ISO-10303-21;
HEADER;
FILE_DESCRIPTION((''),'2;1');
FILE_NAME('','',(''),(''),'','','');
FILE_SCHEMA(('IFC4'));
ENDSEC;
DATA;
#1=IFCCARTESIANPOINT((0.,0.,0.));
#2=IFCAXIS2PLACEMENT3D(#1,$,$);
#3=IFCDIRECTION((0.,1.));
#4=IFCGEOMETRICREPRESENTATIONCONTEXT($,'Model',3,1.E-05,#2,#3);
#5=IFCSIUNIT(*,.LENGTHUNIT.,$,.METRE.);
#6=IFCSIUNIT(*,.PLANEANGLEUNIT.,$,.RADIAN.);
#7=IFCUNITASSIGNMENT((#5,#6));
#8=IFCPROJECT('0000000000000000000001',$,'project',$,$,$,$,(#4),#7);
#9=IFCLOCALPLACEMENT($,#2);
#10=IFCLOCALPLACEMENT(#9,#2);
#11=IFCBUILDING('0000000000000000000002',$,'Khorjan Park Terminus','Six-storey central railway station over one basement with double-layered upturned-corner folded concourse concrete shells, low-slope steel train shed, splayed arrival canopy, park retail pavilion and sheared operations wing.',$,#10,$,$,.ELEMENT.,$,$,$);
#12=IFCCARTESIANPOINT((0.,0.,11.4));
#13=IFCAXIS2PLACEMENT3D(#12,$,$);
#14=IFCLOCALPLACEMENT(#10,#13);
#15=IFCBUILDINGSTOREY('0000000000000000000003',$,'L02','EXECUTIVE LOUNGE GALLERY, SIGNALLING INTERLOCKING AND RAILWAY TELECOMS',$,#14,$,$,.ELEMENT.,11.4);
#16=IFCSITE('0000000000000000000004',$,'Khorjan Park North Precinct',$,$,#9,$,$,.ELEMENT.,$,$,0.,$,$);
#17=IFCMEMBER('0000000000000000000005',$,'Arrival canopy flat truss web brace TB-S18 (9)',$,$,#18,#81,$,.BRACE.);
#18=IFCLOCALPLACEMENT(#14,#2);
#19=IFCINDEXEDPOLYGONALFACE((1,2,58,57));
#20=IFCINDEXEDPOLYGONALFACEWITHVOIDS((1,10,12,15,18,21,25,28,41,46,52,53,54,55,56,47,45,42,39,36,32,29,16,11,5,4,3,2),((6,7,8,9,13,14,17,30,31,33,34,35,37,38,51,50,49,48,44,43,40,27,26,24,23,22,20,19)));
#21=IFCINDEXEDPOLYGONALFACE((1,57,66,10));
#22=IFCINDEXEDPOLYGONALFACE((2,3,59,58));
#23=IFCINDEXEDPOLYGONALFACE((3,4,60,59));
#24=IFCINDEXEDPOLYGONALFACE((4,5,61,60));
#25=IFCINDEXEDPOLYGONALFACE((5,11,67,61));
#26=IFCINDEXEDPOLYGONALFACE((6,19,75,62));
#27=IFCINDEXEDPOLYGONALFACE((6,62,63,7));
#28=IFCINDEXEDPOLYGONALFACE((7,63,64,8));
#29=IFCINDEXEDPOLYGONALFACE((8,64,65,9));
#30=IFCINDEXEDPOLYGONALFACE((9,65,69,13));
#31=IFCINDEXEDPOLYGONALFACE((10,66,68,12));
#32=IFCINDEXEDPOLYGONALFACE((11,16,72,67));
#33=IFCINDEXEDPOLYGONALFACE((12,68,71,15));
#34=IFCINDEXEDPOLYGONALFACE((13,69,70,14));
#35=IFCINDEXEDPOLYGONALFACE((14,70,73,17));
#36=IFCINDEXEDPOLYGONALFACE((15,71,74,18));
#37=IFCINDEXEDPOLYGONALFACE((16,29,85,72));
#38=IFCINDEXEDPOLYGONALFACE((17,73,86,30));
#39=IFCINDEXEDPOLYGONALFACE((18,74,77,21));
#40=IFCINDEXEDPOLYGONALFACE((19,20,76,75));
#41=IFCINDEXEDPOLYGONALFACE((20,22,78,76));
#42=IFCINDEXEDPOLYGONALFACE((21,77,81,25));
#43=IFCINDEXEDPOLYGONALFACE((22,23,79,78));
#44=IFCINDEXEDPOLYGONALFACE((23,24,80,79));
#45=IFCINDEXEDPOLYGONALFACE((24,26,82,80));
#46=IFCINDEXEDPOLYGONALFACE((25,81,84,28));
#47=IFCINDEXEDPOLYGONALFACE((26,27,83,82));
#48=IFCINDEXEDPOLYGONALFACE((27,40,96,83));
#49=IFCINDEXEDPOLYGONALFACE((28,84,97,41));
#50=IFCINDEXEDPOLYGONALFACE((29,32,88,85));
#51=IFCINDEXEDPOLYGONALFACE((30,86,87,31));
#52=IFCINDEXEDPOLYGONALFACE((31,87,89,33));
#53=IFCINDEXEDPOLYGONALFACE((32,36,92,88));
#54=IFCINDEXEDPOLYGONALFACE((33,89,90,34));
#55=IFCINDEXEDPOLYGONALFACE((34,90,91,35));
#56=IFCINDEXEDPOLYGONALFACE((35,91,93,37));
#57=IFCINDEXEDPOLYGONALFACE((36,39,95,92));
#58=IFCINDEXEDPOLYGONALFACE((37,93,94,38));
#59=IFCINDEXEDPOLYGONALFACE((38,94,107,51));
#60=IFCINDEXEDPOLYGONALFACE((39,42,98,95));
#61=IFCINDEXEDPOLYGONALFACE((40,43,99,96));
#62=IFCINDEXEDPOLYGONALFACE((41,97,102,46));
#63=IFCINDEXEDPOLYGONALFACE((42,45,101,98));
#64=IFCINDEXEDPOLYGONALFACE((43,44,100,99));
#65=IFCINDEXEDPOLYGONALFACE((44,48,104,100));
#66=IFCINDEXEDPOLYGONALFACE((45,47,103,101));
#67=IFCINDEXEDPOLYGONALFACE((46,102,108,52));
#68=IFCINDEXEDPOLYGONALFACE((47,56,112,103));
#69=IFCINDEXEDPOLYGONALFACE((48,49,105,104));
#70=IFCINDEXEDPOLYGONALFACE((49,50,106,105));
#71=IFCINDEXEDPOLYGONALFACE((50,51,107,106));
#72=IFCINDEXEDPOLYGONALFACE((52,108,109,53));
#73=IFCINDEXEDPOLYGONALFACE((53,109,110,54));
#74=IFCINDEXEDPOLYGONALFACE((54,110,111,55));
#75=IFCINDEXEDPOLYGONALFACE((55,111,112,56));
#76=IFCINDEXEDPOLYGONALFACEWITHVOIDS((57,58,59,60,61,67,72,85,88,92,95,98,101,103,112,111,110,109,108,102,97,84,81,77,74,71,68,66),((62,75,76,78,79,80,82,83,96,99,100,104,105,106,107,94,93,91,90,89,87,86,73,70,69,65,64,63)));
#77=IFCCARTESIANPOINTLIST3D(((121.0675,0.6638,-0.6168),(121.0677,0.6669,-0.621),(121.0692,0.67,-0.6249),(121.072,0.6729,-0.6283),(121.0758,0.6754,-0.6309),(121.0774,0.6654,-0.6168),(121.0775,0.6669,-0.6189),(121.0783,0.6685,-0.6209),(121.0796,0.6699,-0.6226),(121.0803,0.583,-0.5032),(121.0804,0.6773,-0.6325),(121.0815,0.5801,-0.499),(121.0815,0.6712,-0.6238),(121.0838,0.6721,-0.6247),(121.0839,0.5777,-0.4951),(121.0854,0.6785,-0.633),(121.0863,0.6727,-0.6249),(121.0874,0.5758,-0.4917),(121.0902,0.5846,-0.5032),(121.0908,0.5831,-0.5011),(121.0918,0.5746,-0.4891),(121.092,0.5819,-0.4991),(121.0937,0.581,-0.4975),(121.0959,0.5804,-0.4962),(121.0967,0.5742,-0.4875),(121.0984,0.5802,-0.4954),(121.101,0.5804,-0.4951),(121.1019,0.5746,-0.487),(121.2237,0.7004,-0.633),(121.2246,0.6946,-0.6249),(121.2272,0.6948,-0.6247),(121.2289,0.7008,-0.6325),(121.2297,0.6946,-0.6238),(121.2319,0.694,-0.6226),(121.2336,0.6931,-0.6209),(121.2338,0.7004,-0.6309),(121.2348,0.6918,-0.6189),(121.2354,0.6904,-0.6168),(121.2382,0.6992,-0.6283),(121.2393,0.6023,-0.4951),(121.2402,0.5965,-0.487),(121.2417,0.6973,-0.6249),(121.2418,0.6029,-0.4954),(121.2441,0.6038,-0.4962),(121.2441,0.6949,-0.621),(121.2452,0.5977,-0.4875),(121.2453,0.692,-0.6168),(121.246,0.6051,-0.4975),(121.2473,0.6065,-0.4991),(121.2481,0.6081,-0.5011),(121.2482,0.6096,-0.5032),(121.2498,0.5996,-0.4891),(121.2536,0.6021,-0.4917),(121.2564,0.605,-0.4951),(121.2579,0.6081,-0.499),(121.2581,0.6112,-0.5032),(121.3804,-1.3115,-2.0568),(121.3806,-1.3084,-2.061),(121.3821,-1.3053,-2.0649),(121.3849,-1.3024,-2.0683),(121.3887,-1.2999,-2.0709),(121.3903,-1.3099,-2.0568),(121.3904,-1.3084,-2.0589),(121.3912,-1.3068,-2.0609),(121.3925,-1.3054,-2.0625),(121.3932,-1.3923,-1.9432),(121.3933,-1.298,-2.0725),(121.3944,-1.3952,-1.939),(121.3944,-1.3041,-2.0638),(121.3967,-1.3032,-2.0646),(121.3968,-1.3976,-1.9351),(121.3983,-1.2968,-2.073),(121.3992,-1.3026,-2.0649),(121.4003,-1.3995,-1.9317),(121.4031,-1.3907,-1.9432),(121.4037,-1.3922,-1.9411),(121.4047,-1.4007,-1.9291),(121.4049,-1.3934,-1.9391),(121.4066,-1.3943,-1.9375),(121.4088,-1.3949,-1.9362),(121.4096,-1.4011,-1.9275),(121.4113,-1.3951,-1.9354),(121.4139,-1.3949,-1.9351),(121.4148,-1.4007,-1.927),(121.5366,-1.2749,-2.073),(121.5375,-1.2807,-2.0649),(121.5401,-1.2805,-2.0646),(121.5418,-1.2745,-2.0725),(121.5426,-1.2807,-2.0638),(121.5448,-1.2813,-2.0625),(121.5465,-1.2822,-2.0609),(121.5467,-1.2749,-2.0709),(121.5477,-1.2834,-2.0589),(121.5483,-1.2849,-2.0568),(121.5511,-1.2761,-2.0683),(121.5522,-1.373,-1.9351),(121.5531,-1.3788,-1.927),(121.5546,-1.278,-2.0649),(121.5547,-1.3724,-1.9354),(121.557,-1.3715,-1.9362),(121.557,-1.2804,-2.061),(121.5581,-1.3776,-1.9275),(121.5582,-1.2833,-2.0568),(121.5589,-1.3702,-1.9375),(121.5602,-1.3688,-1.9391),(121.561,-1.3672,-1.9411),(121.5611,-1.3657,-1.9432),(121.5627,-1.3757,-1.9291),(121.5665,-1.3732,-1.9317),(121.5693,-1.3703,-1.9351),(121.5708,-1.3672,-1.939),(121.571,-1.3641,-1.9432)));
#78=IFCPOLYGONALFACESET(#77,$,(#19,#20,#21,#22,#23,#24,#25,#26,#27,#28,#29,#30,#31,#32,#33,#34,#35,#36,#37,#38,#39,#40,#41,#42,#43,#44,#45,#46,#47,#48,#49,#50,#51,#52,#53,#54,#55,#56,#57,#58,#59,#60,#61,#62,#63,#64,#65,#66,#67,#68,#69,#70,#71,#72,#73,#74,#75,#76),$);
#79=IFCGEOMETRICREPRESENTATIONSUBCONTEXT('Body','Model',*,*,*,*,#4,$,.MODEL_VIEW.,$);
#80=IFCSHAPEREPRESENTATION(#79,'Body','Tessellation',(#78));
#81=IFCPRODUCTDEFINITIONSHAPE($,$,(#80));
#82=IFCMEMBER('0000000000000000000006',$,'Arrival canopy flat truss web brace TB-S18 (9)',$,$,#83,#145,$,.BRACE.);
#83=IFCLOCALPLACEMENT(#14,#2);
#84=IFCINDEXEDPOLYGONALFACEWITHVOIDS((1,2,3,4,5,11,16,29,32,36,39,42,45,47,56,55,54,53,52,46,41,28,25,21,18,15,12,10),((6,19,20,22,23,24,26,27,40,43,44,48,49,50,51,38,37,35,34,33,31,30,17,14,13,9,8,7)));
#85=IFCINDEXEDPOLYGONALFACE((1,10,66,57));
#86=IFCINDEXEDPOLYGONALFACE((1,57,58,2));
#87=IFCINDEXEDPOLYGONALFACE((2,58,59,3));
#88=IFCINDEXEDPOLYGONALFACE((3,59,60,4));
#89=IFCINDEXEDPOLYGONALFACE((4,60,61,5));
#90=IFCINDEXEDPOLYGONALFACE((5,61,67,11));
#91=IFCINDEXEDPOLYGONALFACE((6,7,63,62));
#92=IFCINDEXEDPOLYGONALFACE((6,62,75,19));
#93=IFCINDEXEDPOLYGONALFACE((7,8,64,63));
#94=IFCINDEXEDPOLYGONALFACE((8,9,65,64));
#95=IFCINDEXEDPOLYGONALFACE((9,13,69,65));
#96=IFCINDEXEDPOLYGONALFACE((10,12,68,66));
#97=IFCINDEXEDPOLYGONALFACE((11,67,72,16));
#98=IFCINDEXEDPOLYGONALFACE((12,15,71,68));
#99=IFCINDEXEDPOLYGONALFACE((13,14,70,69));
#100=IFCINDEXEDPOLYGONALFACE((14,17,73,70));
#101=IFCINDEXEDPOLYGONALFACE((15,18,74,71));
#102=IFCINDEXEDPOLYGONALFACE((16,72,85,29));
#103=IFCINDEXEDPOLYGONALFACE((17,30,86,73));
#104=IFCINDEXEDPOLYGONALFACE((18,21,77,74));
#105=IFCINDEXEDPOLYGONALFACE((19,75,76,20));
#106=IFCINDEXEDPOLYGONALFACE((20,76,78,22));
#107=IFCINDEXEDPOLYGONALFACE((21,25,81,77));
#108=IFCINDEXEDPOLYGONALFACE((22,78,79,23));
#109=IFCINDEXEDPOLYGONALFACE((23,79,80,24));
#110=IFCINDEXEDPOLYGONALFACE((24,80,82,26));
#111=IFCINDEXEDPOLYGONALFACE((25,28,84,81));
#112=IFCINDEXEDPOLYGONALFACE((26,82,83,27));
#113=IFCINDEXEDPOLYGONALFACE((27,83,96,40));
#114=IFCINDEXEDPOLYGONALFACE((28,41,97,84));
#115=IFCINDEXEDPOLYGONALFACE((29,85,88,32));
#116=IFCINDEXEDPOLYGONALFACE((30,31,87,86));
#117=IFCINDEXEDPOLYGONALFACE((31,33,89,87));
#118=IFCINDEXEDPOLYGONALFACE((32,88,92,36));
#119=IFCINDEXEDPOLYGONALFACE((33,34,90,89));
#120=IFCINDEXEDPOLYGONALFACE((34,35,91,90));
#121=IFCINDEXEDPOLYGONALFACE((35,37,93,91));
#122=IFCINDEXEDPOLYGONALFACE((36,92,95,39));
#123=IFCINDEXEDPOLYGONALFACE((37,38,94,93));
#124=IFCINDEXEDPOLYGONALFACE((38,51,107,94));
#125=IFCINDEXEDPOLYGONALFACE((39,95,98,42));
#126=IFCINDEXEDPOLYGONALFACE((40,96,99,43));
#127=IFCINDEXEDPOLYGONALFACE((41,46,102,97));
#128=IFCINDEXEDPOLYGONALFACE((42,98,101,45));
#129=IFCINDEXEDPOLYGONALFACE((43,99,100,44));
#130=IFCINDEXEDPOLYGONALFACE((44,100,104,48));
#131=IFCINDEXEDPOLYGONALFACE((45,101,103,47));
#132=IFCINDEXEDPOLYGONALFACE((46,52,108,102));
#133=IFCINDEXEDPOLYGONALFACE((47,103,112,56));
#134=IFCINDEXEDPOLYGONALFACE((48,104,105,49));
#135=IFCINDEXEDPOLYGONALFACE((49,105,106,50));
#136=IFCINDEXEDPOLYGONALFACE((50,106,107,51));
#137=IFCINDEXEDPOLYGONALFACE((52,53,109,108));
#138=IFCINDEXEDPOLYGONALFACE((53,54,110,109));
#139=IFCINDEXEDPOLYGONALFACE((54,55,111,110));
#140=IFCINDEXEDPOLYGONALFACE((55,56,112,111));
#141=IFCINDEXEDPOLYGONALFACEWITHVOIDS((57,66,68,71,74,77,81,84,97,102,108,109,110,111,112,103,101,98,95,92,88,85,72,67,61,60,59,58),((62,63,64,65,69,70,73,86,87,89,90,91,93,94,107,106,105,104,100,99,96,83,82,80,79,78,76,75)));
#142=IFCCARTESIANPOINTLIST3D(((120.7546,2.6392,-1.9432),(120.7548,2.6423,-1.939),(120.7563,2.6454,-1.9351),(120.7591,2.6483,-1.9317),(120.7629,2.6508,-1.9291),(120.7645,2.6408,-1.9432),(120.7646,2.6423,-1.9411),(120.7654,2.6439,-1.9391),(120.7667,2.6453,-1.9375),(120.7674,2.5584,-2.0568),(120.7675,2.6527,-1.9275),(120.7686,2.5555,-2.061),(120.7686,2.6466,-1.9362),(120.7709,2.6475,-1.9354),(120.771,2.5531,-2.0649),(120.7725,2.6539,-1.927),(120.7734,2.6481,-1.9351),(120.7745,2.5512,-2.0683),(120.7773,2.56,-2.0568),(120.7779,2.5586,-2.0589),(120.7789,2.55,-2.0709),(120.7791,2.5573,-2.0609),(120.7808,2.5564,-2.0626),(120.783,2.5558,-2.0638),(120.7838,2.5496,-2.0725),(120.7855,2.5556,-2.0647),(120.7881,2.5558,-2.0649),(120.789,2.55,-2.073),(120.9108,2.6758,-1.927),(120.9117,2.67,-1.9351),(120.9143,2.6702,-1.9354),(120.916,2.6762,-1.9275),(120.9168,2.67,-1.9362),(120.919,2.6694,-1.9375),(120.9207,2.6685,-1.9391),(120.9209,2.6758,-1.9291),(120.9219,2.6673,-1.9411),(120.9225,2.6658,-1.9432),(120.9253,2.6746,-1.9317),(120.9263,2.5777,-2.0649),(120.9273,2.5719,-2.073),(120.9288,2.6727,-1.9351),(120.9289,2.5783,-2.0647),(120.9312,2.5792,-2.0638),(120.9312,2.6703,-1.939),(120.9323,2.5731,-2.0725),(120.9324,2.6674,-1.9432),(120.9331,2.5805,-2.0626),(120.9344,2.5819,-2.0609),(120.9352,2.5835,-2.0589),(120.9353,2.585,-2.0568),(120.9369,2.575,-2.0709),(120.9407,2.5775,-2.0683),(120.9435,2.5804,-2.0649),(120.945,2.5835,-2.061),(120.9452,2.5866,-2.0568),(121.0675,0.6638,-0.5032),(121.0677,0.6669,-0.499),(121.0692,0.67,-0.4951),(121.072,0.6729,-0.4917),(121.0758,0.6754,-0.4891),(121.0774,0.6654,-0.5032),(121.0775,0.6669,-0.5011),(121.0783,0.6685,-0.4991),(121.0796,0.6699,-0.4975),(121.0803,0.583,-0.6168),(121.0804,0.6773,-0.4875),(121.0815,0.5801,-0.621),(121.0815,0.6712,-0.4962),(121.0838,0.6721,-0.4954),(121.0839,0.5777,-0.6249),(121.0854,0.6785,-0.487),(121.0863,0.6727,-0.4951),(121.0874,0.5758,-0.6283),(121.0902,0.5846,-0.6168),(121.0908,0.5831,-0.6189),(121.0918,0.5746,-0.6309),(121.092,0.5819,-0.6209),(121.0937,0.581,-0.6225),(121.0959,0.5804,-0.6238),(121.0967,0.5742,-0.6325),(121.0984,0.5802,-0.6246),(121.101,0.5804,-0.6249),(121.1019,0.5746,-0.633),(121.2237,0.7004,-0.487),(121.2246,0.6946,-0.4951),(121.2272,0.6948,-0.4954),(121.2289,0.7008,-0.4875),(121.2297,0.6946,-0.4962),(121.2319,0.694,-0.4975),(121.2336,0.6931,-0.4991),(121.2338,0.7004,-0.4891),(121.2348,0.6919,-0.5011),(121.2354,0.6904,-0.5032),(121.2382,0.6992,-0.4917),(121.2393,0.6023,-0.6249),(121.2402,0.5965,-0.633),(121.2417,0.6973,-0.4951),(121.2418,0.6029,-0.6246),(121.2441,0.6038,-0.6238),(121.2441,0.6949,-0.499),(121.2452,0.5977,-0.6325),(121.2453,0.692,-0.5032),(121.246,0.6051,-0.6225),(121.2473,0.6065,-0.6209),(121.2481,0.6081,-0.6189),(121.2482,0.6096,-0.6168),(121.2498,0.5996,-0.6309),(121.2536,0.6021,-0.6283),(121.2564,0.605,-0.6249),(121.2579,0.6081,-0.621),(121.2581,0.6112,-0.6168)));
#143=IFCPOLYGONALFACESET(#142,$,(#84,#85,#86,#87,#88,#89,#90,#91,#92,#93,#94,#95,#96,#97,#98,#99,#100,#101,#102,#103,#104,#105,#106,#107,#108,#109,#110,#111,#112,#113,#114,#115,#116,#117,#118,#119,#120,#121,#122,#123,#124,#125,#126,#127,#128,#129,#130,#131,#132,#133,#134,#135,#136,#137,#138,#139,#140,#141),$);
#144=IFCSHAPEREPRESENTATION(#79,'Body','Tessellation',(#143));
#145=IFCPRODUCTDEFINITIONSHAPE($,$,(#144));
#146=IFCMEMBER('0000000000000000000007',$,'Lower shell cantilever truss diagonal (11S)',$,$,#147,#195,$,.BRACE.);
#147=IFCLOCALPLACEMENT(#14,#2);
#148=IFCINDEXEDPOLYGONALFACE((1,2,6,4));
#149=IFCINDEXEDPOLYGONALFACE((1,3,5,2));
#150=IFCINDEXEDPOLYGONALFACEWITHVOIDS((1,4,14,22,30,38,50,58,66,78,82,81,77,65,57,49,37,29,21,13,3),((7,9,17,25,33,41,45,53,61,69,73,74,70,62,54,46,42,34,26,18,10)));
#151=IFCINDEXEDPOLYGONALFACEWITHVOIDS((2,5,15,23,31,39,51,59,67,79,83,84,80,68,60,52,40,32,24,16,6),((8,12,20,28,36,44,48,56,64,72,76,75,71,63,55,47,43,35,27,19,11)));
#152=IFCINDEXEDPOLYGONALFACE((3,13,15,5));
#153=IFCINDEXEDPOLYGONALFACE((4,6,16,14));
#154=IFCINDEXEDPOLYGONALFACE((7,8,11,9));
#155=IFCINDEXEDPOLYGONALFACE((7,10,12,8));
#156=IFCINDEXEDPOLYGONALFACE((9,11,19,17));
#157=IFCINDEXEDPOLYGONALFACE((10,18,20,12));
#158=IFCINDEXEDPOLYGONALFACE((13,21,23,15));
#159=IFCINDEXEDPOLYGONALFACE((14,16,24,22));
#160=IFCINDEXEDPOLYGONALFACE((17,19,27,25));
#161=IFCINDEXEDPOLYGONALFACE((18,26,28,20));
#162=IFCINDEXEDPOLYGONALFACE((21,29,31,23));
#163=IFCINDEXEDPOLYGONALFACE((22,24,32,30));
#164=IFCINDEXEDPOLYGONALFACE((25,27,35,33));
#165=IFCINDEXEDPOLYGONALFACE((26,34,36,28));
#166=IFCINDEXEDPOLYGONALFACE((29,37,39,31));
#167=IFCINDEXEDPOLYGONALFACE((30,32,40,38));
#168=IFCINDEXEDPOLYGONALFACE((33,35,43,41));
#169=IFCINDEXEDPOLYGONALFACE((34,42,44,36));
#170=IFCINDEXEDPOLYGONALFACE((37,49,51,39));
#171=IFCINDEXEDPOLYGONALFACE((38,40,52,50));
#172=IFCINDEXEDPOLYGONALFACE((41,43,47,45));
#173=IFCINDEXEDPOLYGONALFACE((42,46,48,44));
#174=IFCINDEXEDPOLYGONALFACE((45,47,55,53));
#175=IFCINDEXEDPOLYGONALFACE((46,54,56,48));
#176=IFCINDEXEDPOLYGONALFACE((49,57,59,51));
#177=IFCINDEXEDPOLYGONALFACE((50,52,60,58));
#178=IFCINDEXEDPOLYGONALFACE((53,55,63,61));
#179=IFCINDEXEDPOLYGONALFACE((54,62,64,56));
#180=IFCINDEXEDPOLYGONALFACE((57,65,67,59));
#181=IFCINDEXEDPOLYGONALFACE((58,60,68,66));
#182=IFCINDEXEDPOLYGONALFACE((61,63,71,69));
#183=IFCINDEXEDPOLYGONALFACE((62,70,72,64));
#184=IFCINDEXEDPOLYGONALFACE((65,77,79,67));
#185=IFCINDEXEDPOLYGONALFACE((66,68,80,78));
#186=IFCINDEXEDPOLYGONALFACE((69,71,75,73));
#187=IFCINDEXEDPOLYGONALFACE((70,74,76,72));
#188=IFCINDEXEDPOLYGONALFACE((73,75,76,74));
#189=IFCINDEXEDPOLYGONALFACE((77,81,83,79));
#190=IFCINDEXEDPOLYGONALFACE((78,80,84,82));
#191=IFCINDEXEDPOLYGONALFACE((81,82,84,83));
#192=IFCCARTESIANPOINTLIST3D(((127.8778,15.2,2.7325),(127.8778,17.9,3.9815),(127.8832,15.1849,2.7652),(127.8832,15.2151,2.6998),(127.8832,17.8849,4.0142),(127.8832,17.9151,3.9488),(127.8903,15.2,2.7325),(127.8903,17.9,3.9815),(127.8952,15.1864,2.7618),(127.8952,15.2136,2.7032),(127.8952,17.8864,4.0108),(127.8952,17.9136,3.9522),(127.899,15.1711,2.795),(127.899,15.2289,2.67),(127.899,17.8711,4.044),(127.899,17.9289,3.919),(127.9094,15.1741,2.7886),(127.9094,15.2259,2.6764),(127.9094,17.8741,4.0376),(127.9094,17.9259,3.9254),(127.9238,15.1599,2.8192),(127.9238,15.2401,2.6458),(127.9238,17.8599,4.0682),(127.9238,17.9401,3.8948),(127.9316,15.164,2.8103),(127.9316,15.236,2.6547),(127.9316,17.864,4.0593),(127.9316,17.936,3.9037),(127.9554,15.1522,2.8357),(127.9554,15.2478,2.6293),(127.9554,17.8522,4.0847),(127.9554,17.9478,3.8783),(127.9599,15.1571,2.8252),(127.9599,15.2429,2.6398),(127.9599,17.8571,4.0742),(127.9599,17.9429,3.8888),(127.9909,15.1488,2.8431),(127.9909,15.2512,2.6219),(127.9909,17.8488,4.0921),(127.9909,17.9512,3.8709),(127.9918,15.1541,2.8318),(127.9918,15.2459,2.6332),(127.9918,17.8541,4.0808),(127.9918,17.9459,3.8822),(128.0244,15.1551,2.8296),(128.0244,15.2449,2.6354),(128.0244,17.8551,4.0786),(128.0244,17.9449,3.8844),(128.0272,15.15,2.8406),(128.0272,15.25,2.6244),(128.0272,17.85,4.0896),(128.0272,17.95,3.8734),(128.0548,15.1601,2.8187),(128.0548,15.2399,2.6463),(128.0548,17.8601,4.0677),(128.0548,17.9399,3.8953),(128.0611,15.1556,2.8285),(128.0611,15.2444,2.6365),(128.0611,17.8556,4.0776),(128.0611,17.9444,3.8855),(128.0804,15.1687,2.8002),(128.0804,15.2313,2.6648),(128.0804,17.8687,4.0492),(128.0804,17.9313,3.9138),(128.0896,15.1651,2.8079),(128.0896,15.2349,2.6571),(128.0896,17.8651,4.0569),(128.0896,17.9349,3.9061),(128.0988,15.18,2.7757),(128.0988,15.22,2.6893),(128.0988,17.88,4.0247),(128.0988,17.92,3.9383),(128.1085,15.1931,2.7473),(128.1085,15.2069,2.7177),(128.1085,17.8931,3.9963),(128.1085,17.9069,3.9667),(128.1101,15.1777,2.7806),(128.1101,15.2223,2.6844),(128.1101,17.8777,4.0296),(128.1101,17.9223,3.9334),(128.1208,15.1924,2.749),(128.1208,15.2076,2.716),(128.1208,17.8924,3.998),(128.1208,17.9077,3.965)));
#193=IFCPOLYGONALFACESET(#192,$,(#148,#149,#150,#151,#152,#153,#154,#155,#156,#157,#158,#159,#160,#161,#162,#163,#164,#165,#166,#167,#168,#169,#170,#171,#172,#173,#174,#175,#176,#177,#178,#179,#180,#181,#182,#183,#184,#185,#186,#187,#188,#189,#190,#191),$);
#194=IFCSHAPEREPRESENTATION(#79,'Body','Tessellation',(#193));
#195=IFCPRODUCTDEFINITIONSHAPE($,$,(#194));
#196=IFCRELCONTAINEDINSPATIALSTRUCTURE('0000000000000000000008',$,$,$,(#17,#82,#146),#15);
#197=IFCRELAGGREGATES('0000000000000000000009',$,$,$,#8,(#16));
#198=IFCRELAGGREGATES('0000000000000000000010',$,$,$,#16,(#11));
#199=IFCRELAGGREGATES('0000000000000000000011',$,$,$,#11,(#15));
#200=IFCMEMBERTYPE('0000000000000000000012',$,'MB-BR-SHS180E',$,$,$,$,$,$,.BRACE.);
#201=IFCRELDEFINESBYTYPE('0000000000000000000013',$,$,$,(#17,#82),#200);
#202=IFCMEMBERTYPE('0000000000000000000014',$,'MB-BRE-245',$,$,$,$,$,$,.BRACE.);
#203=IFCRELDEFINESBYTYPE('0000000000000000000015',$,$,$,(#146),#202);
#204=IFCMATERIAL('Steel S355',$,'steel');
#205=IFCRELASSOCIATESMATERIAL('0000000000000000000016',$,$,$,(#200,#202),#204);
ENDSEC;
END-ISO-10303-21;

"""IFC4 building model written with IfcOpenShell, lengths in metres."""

from ifc_helpers import new_model, si_unit, direction, frame, origin, origin_2d, place, context, subcontext, project, spatial, hollow_rectangle, hollow_circle, extrude, material, material_profile, profile_set, type_object, element, save


model = new_model("IFC4")

# Units and contexts
model_context = context("Model", 3, precision=1e-05, world=origin(), true_north=direction((0.0, 1.0)))
body_context = subcontext(model_context, "Body", "Model", "MODEL_VIEW")
ifc_project = project(units=[si_unit("LENGTHUNIT", "METRE"), si_unit("PLANEANGLEUNIT", "RADIAN")], contexts=[model_context])

# Site, building, storey
site_placement = place(None, origin())
site = spatial("IfcSite", under=ifc_project, at=site_placement, Name="Khorjan Park North Precinct", CompositionType="ELEMENT", RefElevation=0.0)
building_placement = place(site_placement, origin())
building = spatial("IfcBuilding", under=site, at=building_placement, Name="Khorjan Park Terminus", Description="Six-storey central railway station over one basement with double-layered upturned-corner folded concourse concrete shells, low-slope steel train shed, splayed arrival canopy, park retail pavilion and sheared operations wing.", CompositionType="ELEMENT")
storey_placement = place(building_placement, frame((0.0, 0.0, 11.4)))
storey = spatial("IfcBuildingStorey", under=building, at=storey_placement, Name="L02", Description="EXECUTIVE LOUNGE GALLERY, SIGNALLING INTERLOCKING AND RAILWAY TELECOMS", CompositionType="ELEMENT", Elevation=11.4)

# Members
ifc_material_1 = material(Name="Steel S355", Category="steel")
ifc_material_profile_1 = material_profile(ifc_material_1, hollow_rectangle(XDim=0.18, YDim=0.18, WallThickness=0.01, InnerFilletRadius=0.01, OuterFilletRadius=0.02, at=origin_2d()), Name="SHS 180x180x10")
ifc_profile_set_1 = profile_set([ifc_material_profile_1], Name="Steel S355")
member_type_1 = type_object("IfcMemberType", Name="MB-BR-SHS180E", PredefinedType="BRACE", material=ifc_profile_set_1)
member_1_placement = place(storey_placement, frame((121.4757, -1.3378, -2.0), z_axis=(-0.126968, 0.801531, 0.584318), x_axis=(-0.987685, -0.156456, 0.0)))
element("IfcMember", 1, at=member_1_placement, inside=storey, type_object=member_type_1, Name="Arrival canopy flat truss web brace TB-S18 (9)", PredefinedType="BRACE", context=body_context, shape_type="SweptSolid", body=[
    extrude(hollow_rectangle(XDim=0.18, YDim=0.18, WallThickness=0.01, InnerFilletRadius=0.01, OuterFilletRadius=0.02, at=origin_2d()), origin(), (0.0, 0.0, 1.0), 2.4644),
])
member_2_placement = place(storey_placement, frame((121.1628, 0.6375, -0.56), z_axis=(-0.126963, 0.801545, -0.584299), x_axis=(-0.987686, -0.156448, 0.0)))
element("IfcMember", 2, at=member_2_placement, inside=storey, type_object=member_type_1, Name="Arrival canopy flat truss web brace TB-S18 (9)", PredefinedType="BRACE", context=body_context, shape_type="SweptSolid", body=[
    extrude(hollow_rectangle(XDim=0.18, YDim=0.18, WallThickness=0.01, InnerFilletRadius=0.01, OuterFilletRadius=0.02, at=origin_2d()), origin(), (0.0, 0.0, 1.0), 2.4645),
])
ifc_material_profile_2 = material_profile(ifc_material_1, hollow_circle(Radius=0.1222, WallThickness=0.0125, at=origin_2d()), Name="CHS 244.5x12.5")
ifc_profile_set_2 = profile_set([ifc_material_profile_2], Name="Steel S355")
member_type_2 = type_object("IfcMemberType", Name="MB-BRE-245", PredefinedType="BRACE", material=ifc_profile_set_2)
member_3_placement = place(storey_placement, frame((128.0, 15.2, 2.7325), z_axis=(0.0, 0.907595, 0.419847), x_axis=(-1.0, 0.0, 0.0)))
element("IfcMember", 3, at=member_3_placement, inside=storey, type_object=member_type_2, Name="Lower shell cantilever truss diagonal (11S)", PredefinedType="BRACE", context=body_context, shape_type="SweptSolid", body=[
    extrude(hollow_circle(Radius=0.1222, WallThickness=0.0125, at=origin_2d()), origin(), (0.0, 0.0, 1.0), 2.9749),
])

save(model, "model.ifc")
